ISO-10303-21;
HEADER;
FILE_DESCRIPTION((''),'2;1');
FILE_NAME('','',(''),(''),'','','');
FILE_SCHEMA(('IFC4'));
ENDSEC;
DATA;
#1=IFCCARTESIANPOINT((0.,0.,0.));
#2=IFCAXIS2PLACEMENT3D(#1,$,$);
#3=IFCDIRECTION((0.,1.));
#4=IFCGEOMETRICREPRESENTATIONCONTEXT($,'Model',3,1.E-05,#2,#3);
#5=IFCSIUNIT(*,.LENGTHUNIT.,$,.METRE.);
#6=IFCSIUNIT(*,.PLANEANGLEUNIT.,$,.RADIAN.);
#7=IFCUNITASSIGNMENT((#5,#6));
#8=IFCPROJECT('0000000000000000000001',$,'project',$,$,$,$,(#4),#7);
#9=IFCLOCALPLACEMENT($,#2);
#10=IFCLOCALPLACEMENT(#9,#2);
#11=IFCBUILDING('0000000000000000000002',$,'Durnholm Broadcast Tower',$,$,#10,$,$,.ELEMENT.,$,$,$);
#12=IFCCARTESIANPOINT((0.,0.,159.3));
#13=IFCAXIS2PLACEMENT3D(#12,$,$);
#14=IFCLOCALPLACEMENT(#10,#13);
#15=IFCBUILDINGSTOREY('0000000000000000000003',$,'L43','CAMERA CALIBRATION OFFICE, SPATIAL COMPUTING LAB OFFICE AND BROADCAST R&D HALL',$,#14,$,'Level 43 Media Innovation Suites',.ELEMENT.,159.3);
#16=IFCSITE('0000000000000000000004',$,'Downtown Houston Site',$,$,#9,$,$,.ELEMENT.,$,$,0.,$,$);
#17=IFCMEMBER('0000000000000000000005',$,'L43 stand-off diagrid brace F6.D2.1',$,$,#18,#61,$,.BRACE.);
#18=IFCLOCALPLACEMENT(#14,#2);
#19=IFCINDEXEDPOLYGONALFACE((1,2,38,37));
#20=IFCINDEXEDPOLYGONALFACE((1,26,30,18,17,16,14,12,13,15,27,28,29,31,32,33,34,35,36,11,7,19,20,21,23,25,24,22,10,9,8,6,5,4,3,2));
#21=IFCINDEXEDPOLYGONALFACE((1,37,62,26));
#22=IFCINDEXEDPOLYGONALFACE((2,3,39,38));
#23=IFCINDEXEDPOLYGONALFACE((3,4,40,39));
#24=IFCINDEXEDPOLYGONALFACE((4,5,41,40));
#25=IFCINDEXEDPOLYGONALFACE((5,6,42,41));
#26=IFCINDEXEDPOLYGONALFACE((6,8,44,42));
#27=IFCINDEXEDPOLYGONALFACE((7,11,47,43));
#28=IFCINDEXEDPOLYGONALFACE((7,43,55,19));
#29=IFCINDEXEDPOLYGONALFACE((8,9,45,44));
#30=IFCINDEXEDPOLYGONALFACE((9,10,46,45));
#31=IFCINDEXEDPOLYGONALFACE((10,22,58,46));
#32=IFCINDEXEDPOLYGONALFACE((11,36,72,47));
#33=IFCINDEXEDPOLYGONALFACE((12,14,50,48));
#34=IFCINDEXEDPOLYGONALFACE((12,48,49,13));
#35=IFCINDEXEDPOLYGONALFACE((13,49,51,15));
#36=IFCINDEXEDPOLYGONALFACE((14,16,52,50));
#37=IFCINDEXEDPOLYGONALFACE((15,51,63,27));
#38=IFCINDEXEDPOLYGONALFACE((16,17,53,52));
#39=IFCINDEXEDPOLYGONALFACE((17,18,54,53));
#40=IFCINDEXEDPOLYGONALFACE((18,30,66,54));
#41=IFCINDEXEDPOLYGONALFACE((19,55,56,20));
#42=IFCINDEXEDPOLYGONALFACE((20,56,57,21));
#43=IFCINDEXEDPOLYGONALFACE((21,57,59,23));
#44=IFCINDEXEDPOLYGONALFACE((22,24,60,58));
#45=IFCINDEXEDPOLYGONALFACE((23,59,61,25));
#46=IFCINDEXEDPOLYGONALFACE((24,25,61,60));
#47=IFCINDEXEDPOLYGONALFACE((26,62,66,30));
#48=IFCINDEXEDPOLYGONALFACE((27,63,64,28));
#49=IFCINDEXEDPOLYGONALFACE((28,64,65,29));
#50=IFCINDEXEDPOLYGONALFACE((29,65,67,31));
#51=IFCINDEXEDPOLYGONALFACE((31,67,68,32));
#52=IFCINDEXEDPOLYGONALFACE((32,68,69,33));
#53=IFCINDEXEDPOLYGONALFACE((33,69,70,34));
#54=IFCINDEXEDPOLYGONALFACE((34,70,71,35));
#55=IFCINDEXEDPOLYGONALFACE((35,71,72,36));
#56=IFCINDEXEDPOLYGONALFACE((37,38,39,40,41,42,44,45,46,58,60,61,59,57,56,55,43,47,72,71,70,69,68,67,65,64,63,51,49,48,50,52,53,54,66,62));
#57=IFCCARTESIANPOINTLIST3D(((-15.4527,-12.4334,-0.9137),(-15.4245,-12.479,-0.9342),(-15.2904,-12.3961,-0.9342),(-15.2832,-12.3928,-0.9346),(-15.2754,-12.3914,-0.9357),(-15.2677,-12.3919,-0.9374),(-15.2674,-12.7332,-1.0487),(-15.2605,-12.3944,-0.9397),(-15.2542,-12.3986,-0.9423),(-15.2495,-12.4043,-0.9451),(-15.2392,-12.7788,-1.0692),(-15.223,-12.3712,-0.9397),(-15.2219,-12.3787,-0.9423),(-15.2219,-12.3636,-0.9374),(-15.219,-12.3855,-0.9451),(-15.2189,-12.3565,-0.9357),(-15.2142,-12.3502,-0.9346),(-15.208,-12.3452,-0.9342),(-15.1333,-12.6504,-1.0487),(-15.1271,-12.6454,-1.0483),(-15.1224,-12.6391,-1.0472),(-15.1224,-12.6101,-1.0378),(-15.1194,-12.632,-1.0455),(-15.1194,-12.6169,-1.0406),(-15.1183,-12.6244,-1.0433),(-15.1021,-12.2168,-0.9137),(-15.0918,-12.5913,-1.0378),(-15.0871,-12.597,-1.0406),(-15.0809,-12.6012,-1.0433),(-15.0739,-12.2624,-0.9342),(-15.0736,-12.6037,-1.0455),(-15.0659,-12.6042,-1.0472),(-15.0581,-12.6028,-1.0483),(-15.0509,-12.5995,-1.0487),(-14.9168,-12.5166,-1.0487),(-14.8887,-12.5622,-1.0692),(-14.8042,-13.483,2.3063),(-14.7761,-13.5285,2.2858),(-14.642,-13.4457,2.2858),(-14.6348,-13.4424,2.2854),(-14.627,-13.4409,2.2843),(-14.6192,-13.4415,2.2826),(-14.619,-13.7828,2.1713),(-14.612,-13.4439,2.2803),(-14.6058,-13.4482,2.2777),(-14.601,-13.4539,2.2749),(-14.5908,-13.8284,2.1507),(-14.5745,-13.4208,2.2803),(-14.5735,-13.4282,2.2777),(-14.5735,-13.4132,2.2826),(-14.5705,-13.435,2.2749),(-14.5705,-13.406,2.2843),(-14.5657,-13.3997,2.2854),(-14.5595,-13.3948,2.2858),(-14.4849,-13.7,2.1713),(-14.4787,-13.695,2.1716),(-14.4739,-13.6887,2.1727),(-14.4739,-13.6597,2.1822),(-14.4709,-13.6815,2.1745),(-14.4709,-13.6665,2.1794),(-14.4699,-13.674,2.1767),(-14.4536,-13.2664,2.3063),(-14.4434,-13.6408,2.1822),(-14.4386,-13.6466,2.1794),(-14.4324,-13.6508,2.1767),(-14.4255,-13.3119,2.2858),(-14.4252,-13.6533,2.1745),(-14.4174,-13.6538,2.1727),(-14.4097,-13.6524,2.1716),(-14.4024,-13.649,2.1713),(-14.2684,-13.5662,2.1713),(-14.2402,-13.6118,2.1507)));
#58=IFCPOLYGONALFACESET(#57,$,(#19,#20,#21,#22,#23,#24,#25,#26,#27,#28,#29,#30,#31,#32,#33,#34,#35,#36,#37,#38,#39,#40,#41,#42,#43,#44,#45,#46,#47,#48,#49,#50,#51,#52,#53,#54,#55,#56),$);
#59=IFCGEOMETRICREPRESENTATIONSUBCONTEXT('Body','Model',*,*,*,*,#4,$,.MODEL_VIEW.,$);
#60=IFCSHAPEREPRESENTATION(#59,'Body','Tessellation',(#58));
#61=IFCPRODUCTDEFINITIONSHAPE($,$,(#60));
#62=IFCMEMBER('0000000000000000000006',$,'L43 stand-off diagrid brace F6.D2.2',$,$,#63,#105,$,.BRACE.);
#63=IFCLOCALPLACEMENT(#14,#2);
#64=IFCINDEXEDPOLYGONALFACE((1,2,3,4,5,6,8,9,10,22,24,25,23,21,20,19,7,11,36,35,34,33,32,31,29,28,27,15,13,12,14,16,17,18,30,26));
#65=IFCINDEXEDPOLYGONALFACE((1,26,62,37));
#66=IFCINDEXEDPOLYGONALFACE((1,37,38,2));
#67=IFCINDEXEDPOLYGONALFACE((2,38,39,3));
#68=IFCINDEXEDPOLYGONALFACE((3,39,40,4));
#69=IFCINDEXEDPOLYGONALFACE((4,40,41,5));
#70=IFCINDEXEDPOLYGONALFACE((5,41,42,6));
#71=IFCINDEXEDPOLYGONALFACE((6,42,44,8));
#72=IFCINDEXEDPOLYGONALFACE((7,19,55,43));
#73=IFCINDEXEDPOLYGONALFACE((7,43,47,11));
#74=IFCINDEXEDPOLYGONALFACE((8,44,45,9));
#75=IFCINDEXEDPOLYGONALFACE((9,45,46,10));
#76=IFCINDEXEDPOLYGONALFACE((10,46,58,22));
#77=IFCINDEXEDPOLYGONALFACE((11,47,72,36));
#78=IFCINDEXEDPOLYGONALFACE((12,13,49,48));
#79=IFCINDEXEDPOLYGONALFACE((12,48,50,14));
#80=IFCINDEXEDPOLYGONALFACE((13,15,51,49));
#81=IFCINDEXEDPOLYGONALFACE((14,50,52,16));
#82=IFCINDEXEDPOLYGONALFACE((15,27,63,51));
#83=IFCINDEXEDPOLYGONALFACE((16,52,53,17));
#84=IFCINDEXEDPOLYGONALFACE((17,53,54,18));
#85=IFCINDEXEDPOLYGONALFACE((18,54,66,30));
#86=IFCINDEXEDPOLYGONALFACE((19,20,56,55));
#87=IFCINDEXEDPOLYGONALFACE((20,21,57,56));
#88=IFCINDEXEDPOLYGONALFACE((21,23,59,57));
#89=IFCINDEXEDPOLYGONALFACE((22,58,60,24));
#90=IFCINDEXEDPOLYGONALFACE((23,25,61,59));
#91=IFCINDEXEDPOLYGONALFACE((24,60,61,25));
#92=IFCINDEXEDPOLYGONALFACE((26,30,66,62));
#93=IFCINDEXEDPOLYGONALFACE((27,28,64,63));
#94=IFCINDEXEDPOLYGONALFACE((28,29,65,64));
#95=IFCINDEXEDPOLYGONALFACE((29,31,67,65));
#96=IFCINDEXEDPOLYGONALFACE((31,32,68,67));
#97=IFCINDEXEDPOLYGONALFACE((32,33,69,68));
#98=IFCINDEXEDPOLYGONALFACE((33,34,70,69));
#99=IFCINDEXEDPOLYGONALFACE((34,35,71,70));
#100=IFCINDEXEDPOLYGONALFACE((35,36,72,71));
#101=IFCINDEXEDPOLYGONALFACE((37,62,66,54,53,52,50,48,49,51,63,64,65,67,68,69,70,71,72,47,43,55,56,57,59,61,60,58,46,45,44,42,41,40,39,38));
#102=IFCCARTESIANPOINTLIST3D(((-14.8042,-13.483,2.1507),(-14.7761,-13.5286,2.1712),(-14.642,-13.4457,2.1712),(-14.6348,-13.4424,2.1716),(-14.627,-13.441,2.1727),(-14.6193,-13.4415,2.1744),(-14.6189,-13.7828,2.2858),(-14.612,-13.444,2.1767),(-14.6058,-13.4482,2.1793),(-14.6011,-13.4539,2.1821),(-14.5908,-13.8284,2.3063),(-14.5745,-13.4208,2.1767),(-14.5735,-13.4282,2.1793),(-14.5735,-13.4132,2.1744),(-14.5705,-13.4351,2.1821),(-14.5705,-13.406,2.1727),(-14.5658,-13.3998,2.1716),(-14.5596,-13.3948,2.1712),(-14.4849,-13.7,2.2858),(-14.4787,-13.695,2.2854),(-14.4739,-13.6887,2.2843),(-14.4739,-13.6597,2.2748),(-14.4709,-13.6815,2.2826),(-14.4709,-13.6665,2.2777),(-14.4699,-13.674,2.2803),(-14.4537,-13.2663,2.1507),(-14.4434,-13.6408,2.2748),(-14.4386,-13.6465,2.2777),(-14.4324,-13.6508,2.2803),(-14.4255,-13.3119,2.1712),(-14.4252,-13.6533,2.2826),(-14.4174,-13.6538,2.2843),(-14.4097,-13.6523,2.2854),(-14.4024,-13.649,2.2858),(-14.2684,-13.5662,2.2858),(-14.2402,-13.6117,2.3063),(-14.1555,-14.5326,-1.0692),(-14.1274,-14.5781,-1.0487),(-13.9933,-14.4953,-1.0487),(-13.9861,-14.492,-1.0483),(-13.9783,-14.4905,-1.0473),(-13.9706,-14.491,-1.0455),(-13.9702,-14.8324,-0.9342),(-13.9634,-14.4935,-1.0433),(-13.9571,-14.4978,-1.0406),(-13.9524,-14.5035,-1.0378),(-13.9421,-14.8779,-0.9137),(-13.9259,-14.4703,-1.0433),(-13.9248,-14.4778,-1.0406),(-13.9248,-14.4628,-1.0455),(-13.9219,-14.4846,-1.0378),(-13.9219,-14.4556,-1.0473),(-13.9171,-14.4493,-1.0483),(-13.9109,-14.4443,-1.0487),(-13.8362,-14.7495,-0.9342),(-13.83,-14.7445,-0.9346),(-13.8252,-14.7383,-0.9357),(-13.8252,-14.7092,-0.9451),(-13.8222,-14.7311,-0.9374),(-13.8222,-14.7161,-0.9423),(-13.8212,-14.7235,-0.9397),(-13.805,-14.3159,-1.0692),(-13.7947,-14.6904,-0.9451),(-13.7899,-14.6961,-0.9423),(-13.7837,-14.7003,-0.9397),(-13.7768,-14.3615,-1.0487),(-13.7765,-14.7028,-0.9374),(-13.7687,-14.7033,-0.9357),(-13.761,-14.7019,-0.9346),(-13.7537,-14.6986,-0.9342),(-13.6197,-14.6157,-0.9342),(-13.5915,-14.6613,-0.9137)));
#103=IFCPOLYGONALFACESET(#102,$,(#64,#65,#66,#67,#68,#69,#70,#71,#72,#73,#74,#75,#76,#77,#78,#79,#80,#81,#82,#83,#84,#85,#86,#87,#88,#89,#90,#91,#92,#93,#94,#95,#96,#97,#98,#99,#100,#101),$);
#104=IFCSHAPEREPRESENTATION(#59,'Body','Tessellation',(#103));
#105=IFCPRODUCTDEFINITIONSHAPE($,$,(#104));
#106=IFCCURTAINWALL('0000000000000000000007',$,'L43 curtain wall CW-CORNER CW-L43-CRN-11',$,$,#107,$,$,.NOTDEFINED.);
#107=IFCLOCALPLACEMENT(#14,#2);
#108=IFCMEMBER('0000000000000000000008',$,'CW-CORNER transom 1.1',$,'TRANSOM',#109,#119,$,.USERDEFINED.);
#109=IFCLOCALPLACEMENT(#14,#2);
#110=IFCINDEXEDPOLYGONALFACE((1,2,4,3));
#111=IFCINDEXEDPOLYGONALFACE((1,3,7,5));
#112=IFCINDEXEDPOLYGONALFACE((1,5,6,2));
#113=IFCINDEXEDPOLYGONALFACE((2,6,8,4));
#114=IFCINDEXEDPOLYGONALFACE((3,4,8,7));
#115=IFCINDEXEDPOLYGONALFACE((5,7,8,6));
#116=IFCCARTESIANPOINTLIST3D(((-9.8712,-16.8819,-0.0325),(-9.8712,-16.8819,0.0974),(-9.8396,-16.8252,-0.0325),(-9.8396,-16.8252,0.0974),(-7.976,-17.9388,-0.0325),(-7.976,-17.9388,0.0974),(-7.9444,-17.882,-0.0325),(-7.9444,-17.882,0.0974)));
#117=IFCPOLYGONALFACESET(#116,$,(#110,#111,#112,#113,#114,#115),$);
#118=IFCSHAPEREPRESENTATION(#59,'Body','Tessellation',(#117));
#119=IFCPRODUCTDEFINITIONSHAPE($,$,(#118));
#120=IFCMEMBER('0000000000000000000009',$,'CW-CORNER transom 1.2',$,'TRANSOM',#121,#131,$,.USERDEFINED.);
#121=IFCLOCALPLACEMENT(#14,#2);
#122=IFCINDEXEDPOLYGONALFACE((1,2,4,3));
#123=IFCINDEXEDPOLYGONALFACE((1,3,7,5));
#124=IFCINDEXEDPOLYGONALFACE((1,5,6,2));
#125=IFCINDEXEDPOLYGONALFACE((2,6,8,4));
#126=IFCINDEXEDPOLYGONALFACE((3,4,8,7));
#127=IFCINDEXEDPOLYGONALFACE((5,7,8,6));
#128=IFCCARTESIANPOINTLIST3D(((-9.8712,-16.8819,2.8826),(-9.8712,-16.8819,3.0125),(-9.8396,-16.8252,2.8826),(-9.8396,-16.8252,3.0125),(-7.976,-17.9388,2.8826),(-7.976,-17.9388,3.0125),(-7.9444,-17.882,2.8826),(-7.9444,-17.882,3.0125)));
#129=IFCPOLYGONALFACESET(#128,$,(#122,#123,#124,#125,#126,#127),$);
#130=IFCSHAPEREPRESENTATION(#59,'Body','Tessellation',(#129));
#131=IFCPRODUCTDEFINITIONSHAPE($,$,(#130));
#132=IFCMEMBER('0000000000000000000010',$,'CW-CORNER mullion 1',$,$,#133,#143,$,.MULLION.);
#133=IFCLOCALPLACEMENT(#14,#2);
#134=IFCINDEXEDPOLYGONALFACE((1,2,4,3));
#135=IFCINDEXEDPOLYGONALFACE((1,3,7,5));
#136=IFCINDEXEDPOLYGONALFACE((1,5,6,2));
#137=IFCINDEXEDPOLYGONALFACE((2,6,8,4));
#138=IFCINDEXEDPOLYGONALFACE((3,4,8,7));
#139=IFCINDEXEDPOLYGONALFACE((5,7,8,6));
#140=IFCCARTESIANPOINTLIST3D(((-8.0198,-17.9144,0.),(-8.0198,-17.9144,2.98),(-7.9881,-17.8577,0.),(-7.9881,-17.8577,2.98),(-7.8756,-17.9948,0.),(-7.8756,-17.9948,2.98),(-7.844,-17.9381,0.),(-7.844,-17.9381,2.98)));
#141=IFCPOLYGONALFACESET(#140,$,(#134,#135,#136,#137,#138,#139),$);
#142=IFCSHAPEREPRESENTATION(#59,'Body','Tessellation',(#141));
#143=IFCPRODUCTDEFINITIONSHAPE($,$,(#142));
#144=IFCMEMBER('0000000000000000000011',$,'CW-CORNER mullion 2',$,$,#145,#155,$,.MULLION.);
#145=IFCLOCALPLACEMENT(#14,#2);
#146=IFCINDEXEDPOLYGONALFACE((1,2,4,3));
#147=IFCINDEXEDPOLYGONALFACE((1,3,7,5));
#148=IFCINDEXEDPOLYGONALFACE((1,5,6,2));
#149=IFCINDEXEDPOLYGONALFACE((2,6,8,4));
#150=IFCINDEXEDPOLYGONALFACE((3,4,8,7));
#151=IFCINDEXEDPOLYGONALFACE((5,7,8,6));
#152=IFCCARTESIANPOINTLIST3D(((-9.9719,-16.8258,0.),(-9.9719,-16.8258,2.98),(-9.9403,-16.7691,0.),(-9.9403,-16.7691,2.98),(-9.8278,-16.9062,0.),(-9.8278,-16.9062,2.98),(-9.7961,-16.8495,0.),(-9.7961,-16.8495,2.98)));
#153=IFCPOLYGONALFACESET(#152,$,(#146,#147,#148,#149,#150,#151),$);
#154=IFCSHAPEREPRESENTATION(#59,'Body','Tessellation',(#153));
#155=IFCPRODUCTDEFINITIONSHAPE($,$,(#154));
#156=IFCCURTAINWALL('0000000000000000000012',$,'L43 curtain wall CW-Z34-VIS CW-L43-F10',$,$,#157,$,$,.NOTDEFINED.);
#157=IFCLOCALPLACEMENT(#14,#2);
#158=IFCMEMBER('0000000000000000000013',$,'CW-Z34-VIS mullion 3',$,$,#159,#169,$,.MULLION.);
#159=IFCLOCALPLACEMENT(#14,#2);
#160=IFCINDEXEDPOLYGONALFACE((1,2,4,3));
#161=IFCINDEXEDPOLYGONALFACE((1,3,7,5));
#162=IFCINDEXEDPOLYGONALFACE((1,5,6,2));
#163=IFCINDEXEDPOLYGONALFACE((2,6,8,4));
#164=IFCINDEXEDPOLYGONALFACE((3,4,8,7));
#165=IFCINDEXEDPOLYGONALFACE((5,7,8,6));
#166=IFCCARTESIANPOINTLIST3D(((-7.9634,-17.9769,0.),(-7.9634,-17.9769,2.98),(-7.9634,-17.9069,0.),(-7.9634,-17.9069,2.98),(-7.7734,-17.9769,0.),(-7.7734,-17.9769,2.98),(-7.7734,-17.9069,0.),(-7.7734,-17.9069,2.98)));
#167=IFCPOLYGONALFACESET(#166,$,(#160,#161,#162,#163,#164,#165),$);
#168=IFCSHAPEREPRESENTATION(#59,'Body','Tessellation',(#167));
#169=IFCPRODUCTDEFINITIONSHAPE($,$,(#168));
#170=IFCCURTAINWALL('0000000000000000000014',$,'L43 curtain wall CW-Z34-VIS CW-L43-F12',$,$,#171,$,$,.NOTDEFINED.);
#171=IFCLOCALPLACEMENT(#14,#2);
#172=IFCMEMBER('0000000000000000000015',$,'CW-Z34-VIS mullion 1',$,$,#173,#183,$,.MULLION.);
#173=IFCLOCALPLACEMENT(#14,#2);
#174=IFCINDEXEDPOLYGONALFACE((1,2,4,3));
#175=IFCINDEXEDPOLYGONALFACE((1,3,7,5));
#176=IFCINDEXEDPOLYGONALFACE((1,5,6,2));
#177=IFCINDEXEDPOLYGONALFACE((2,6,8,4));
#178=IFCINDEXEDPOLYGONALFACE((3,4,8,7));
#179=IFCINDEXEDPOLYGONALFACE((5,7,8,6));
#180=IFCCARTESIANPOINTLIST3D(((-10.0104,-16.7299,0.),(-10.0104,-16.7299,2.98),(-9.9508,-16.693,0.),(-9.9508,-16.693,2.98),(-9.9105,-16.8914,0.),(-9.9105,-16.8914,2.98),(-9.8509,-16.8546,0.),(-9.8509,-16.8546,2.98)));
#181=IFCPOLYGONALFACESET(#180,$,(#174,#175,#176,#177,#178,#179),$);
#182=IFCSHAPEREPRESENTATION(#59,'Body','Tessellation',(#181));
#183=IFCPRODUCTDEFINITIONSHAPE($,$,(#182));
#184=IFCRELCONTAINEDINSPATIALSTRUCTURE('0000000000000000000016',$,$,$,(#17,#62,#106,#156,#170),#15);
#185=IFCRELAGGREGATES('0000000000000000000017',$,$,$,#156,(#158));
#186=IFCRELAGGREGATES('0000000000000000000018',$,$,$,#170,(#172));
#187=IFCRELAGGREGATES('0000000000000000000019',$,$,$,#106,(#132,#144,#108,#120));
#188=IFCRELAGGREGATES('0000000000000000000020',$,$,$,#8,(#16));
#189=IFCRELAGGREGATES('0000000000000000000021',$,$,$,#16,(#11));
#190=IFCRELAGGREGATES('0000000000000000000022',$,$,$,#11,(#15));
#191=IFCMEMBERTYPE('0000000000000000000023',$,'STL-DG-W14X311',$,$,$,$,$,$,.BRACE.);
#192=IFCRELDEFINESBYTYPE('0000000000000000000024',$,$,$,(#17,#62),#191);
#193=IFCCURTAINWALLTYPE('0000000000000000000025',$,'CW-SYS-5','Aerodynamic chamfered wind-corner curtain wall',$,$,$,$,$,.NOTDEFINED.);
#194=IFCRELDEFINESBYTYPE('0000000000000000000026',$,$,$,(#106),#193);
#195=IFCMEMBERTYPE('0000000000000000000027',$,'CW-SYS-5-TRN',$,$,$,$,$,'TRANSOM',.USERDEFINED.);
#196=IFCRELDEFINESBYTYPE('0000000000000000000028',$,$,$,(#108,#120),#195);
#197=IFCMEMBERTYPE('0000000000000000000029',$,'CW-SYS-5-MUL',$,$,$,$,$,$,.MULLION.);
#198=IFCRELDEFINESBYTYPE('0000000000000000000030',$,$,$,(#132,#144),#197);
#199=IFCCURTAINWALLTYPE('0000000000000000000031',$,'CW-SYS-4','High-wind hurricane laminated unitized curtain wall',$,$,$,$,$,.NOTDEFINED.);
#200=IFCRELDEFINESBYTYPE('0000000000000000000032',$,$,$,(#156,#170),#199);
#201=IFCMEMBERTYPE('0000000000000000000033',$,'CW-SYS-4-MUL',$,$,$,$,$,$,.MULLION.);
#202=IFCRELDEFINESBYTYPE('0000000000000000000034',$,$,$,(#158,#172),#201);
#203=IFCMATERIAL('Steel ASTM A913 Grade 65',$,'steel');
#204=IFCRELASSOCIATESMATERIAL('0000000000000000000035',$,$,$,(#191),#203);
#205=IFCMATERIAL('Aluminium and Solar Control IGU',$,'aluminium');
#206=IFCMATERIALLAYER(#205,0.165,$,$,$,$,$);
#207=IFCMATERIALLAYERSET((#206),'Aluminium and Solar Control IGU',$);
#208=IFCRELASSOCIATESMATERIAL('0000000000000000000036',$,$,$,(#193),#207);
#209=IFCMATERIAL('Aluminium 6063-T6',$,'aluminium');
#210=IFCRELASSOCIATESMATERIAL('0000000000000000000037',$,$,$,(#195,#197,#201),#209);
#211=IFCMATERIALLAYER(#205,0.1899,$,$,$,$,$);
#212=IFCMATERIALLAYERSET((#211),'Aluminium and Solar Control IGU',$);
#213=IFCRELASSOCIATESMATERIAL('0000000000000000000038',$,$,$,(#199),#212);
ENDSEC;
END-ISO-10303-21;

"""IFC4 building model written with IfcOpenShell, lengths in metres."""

from ifc_helpers import new_model, si_unit, direction, frame, origin, origin_2d, place, context, subcontext, project, spatial, rectangle, i_section, extrude, source, transform, mapped, material, layer, layer_set, material_profile, profile_set, type_object, type_shapes, element, aggregate, save


model = new_model("IFC4")

# Units and contexts
model_context = context("Model", 3, precision=1e-05, world=origin(), true_north=direction((0.0, 1.0)))
body_context = subcontext(model_context, "Body", "Model", "MODEL_VIEW")
ifc_project = project(units=[si_unit("LENGTHUNIT", "METRE"), si_unit("PLANEANGLEUNIT", "RADIAN")], contexts=[model_context])

# Site, building, storey
site_placement = place(None, origin())
site = spatial("IfcSite", under=ifc_project, at=site_placement, Name="Downtown Houston Site", CompositionType="ELEMENT", RefElevation=0.0)
building_placement = place(site_placement, origin())
building = spatial("IfcBuilding", under=site, at=building_placement, Name="Durnholm Broadcast Tower", CompositionType="ELEMENT")
storey_placement = place(building_placement, frame((0.0, 0.0, 159.3)))
storey = spatial("IfcBuildingStorey", under=building, at=storey_placement, Name="L43", Description="CAMERA CALIBRATION OFFICE, SPATIAL COMPUTING LAB OFFICE AND BROADCAST R&D HALL", LongName="Level 43 Media Innovation Suites", CompositionType="ELEMENT", Elevation=159.3)

# Members
ifc_material_1 = material(Name="Steel ASTM A913 Grade 65", Category="steel")
ifc_material_profile_1 = material_profile(ifc_material_1, i_section(OverallWidth=0.4121, OverallDepth=0.4348, WebThickness=0.0359, FlangeThickness=0.0574, FilletRadius=0.0305, at=origin_2d()), Name="W14X311")
ifc_profile_set_1 = profile_set([ifc_material_profile_1], Name="Steel ASTM A913 Grade 65")
member_type_1 = type_object("IfcMemberType", Name="STL-DG-W14X311", PredefinedType="BRACE", material=ifc_profile_set_1)
shared_shape_1 = source(origin(), body_context, "Body", "SweptSolid", [
    extrude(i_section(OverallWidth=0.4121, OverallDepth=0.4348, WebThickness=0.0359, FlangeThickness=0.0574, FilletRadius=0.0305, at=origin_2d()), origin(), (0.0, 0.0, 1.0), 3.4482),
])
type_shapes(member_type_1, [shared_shape_1])
for number, where, z_axis, x_axis, name in (
    (1, (-15.1707, -12.4978, -0.9915), (0.18805, -0.304377, 0.933805), (0.850733, 0.525598, 0.0), "L43 stand-off diagrid brace F6.D2.1"),
    (2, (-13.8735, -14.5969, -0.9915), (-0.188118, 0.304373, 0.933793), (-0.850644, -0.525741, 0.0), "L43 stand-off diagrid brace F6.D2.2"),
):
    element("IfcMember", number, at=place(storey_placement, frame(where, z_axis=z_axis, x_axis=x_axis)), inside=storey, type_object=member_type_1, Name=name, PredefinedType="BRACE", context=body_context, shape_type="MappedRepresentation", body=[
        mapped(shared_shape_1, transform((0.0, 0.0, 0.0), x_axis=(1.0, 0.0, 0.0), y_axis=(0.0, 1.0, 0.0), z_axis=(0.0, 0.0, 1.0), scale=1.0)),
    ])

# Curtain wall, members
ifc_material_2 = material(Name="Aluminium and Solar Control IGU", Category="aluminium")
ifc_layer_1 = layer(ifc_material_2, 0.165)
ifc_layer_set_1 = layer_set([ifc_layer_1], Name="Aluminium and Solar Control IGU")
curtain_wall_type_1 = type_object("IfcCurtainWallType", Name="CW-SYS-5", Description="Aerodynamic chamfered wind-corner curtain wall", PredefinedType="NOTDEFINED", material=ifc_layer_set_1)
curtain_wall_1_placement = place(storey_placement, origin())
curtain_wall_1 = element("IfcCurtainWall", 3, at=curtain_wall_1_placement, inside=storey, type_object=curtain_wall_type_1, Name="L43 curtain wall CW-CORNER CW-L43-CRN-11", PredefinedType="NOTDEFINED")
ifc_material_3 = material(Name="Aluminium 6063-T6", Category="aluminium")
ifc_material_profile_2 = material_profile(ifc_material_3, rectangle(XDim=0.0649, YDim=0.1299, at=origin_2d()), Name="CWT65X130")
ifc_profile_set_2 = profile_set([ifc_material_profile_2], Name="Aluminium 6063-T6")
member_type_2 = type_object("IfcMemberType", Name="CW-SYS-5-TRN", ElementType="TRANSOM", PredefinedType="USERDEFINED", material=ifc_profile_set_2)
shared_shape_2 = source(origin(), body_context, "Body", "SweptSolid", [
    extrude(rectangle(XDim=0.0649, YDim=0.1299, at=origin_2d()), origin(), (0.0, 0.0, 1.0), 2.1699),
])
type_shapes(member_type_2, [shared_shape_2])
member_1_placement = place(storey_placement, frame((-7.9602, -17.9104, 0.0325), z_axis=(-0.873381, 0.487037, 0.0), x_axis=(-0.487037, -0.873381, 0.0)))
member_1 = element("IfcMember", 4, at=member_1_placement, type_object=member_type_2, Name="CW-CORNER transom 1.1", ObjectType="TRANSOM", PredefinedType="USERDEFINED", context=body_context, shape_type="MappedRepresentation", body=[
    mapped(shared_shape_2, transform((0.0, 0.0, 0.0), x_axis=(1.0, 0.0, 0.0), y_axis=(0.0, 1.0, 0.0), z_axis=(0.0, 0.0, 1.0), scale=1.0)),
])
member_2_placement = place(storey_placement, frame((-7.9602, -17.9104, 2.9475), z_axis=(-0.873381, 0.487037, 0.0), x_axis=(-0.487037, -0.873381, 0.0)))
member_2 = element("IfcMember", 5, at=member_2_placement, type_object=member_type_2, Name="CW-CORNER transom 1.2", ObjectType="TRANSOM", PredefinedType="USERDEFINED", context=body_context, shape_type="MappedRepresentation", body=[
    mapped(shared_shape_2, transform((0.0, 0.0, 0.0), x_axis=(1.0, 0.0, 0.0), y_axis=(0.0, 1.0, 0.0), z_axis=(0.0, 0.0, 1.0), scale=1.0)),
])
ifc_material_profile_3 = material_profile(ifc_material_3, rectangle(XDim=0.0649, YDim=0.165, at=origin_2d()), Name="CWM65X165")
ifc_profile_set_3 = profile_set([ifc_material_profile_3], Name="Aluminium 6063-T6")
member_type_3 = type_object("IfcMemberType", Name="CW-SYS-5-MUL", PredefinedType="MULLION", material=ifc_profile_set_3)
shared_shape_3 = source(origin(), body_context, "Body", "SweptSolid", [
    extrude(rectangle(XDim=0.0649, YDim=0.165, at=origin_2d()), origin(), (0.0, 0.0, 1.0), 2.98),
])
type_shapes(member_type_3, [shared_shape_3])
member_3_placement = place(storey_placement, frame((-7.9319, -17.9263, 0.0), z_axis=(0.0, 0.0, 1.0), x_axis=(-0.486986, -0.87341, 0.0)))
member_3 = element("IfcMember", 6, at=member_3_placement, type_object=member_type_3, Name="CW-CORNER mullion 1", PredefinedType="MULLION", context=body_context, shape_type="MappedRepresentation", body=[
    mapped(shared_shape_3, transform((0.0, 0.0, 0.0), x_axis=(1.0, 0.0, 0.0), y_axis=(0.0, 1.0, 0.0), z_axis=(0.0, 0.0, 1.0), scale=1.0)),
])
member_4_placement = place(storey_placement, frame((-9.884, -16.8376, 0.0), z_axis=(0.0, 0.0, 1.0), x_axis=(-0.486986, -0.87341, 0.0)))
member_4 = element("IfcMember", 7, at=member_4_placement, type_object=member_type_3, Name="CW-CORNER mullion 2", PredefinedType="MULLION", context=body_context, shape_type="MappedRepresentation", body=[
    mapped(shared_shape_3, transform((0.0, 0.0, 0.0), x_axis=(1.0, 0.0, 0.0), y_axis=(0.0, 1.0, 0.0), z_axis=(0.0, 0.0, 1.0), scale=1.0)),
])

# Curtain wall, member
ifc_layer_2 = layer(ifc_material_2, 0.1899)
ifc_layer_set_2 = layer_set([ifc_layer_2], Name="Aluminium and Solar Control IGU")
curtain_wall_type_2 = type_object("IfcCurtainWallType", Name="CW-SYS-4", Description="High-wind hurricane laminated unitized curtain wall", PredefinedType="NOTDEFINED", material=ifc_layer_set_2)
curtain_wall_2_placement = place(storey_placement, origin())
curtain_wall_2 = element("IfcCurtainWall", 8, at=curtain_wall_2_placement, inside=storey, type_object=curtain_wall_type_2, Name="L43 curtain wall CW-Z34-VIS CW-L43-F10", PredefinedType="NOTDEFINED")
ifc_material_profile_4 = material_profile(ifc_material_3, rectangle(XDim=0.0701, YDim=0.1899, at=origin_2d()), Name="CWM70X190")
ifc_profile_set_4 = profile_set([ifc_material_profile_4], Name="Aluminium 6063-T6")
member_type_4 = type_object("IfcMemberType", Name="CW-SYS-4-MUL", PredefinedType="MULLION", material=ifc_profile_set_4)
shared_shape_4 = source(origin(), body_context, "Body", "SweptSolid", [
    extrude(rectangle(XDim=0.0701, YDim=0.1899, at=origin_2d()), origin(), (0.0, 0.0, 1.0), 2.98),
])
type_shapes(member_type_4, [shared_shape_4])
member_5_placement = place(storey_placement, frame((-7.8684, -17.9419, 0.0), z_axis=(0.0, 0.0, 1.0), x_axis=(0.0, -1.0, 0.0)))
member_5 = element("IfcMember", 9, at=member_5_placement, type_object=member_type_4, Name="CW-Z34-VIS mullion 3", PredefinedType="MULLION", context=body_context, shape_type="MappedRepresentation", body=[
    mapped(shared_shape_4, transform((0.0, 0.0, 0.0), x_axis=(1.0, 0.0, 0.0), y_axis=(0.0, 1.0, 0.0), z_axis=(0.0, 0.0, 1.0), scale=1.0)),
])
aggregate(curtain_wall_2, [member_5])

# Curtain wall, member
curtain_wall_3_placement = place(storey_placement, origin())
curtain_wall_3 = element("IfcCurtainWall", 10, at=curtain_wall_3_placement, inside=storey, type_object=curtain_wall_type_2, Name="L43 curtain wall CW-Z34-VIS CW-L43-F12", PredefinedType="NOTDEFINED")
member_6_placement = place(storey_placement, frame((-9.9307, -16.7922, 0.0), z_axis=(0.0, 0.0, 1.0), x_axis=(-0.850671, -0.525698, 0.0)))
member_6 = element("IfcMember", 11, at=member_6_placement, type_object=member_type_4, Name="CW-Z34-VIS mullion 1", PredefinedType="MULLION", context=body_context, shape_type="MappedRepresentation", body=[
    mapped(shared_shape_4, transform((0.0, 0.0, 0.0), x_axis=(1.0, 0.0, 0.0), y_axis=(0.0, 1.0, 0.0), z_axis=(0.0, 0.0, 1.0), scale=1.0)),
])
aggregate(curtain_wall_3, [member_6])

aggregate(curtain_wall_1, [member_3, member_4, member_1, member_2])

save(model, "model.ifc")
